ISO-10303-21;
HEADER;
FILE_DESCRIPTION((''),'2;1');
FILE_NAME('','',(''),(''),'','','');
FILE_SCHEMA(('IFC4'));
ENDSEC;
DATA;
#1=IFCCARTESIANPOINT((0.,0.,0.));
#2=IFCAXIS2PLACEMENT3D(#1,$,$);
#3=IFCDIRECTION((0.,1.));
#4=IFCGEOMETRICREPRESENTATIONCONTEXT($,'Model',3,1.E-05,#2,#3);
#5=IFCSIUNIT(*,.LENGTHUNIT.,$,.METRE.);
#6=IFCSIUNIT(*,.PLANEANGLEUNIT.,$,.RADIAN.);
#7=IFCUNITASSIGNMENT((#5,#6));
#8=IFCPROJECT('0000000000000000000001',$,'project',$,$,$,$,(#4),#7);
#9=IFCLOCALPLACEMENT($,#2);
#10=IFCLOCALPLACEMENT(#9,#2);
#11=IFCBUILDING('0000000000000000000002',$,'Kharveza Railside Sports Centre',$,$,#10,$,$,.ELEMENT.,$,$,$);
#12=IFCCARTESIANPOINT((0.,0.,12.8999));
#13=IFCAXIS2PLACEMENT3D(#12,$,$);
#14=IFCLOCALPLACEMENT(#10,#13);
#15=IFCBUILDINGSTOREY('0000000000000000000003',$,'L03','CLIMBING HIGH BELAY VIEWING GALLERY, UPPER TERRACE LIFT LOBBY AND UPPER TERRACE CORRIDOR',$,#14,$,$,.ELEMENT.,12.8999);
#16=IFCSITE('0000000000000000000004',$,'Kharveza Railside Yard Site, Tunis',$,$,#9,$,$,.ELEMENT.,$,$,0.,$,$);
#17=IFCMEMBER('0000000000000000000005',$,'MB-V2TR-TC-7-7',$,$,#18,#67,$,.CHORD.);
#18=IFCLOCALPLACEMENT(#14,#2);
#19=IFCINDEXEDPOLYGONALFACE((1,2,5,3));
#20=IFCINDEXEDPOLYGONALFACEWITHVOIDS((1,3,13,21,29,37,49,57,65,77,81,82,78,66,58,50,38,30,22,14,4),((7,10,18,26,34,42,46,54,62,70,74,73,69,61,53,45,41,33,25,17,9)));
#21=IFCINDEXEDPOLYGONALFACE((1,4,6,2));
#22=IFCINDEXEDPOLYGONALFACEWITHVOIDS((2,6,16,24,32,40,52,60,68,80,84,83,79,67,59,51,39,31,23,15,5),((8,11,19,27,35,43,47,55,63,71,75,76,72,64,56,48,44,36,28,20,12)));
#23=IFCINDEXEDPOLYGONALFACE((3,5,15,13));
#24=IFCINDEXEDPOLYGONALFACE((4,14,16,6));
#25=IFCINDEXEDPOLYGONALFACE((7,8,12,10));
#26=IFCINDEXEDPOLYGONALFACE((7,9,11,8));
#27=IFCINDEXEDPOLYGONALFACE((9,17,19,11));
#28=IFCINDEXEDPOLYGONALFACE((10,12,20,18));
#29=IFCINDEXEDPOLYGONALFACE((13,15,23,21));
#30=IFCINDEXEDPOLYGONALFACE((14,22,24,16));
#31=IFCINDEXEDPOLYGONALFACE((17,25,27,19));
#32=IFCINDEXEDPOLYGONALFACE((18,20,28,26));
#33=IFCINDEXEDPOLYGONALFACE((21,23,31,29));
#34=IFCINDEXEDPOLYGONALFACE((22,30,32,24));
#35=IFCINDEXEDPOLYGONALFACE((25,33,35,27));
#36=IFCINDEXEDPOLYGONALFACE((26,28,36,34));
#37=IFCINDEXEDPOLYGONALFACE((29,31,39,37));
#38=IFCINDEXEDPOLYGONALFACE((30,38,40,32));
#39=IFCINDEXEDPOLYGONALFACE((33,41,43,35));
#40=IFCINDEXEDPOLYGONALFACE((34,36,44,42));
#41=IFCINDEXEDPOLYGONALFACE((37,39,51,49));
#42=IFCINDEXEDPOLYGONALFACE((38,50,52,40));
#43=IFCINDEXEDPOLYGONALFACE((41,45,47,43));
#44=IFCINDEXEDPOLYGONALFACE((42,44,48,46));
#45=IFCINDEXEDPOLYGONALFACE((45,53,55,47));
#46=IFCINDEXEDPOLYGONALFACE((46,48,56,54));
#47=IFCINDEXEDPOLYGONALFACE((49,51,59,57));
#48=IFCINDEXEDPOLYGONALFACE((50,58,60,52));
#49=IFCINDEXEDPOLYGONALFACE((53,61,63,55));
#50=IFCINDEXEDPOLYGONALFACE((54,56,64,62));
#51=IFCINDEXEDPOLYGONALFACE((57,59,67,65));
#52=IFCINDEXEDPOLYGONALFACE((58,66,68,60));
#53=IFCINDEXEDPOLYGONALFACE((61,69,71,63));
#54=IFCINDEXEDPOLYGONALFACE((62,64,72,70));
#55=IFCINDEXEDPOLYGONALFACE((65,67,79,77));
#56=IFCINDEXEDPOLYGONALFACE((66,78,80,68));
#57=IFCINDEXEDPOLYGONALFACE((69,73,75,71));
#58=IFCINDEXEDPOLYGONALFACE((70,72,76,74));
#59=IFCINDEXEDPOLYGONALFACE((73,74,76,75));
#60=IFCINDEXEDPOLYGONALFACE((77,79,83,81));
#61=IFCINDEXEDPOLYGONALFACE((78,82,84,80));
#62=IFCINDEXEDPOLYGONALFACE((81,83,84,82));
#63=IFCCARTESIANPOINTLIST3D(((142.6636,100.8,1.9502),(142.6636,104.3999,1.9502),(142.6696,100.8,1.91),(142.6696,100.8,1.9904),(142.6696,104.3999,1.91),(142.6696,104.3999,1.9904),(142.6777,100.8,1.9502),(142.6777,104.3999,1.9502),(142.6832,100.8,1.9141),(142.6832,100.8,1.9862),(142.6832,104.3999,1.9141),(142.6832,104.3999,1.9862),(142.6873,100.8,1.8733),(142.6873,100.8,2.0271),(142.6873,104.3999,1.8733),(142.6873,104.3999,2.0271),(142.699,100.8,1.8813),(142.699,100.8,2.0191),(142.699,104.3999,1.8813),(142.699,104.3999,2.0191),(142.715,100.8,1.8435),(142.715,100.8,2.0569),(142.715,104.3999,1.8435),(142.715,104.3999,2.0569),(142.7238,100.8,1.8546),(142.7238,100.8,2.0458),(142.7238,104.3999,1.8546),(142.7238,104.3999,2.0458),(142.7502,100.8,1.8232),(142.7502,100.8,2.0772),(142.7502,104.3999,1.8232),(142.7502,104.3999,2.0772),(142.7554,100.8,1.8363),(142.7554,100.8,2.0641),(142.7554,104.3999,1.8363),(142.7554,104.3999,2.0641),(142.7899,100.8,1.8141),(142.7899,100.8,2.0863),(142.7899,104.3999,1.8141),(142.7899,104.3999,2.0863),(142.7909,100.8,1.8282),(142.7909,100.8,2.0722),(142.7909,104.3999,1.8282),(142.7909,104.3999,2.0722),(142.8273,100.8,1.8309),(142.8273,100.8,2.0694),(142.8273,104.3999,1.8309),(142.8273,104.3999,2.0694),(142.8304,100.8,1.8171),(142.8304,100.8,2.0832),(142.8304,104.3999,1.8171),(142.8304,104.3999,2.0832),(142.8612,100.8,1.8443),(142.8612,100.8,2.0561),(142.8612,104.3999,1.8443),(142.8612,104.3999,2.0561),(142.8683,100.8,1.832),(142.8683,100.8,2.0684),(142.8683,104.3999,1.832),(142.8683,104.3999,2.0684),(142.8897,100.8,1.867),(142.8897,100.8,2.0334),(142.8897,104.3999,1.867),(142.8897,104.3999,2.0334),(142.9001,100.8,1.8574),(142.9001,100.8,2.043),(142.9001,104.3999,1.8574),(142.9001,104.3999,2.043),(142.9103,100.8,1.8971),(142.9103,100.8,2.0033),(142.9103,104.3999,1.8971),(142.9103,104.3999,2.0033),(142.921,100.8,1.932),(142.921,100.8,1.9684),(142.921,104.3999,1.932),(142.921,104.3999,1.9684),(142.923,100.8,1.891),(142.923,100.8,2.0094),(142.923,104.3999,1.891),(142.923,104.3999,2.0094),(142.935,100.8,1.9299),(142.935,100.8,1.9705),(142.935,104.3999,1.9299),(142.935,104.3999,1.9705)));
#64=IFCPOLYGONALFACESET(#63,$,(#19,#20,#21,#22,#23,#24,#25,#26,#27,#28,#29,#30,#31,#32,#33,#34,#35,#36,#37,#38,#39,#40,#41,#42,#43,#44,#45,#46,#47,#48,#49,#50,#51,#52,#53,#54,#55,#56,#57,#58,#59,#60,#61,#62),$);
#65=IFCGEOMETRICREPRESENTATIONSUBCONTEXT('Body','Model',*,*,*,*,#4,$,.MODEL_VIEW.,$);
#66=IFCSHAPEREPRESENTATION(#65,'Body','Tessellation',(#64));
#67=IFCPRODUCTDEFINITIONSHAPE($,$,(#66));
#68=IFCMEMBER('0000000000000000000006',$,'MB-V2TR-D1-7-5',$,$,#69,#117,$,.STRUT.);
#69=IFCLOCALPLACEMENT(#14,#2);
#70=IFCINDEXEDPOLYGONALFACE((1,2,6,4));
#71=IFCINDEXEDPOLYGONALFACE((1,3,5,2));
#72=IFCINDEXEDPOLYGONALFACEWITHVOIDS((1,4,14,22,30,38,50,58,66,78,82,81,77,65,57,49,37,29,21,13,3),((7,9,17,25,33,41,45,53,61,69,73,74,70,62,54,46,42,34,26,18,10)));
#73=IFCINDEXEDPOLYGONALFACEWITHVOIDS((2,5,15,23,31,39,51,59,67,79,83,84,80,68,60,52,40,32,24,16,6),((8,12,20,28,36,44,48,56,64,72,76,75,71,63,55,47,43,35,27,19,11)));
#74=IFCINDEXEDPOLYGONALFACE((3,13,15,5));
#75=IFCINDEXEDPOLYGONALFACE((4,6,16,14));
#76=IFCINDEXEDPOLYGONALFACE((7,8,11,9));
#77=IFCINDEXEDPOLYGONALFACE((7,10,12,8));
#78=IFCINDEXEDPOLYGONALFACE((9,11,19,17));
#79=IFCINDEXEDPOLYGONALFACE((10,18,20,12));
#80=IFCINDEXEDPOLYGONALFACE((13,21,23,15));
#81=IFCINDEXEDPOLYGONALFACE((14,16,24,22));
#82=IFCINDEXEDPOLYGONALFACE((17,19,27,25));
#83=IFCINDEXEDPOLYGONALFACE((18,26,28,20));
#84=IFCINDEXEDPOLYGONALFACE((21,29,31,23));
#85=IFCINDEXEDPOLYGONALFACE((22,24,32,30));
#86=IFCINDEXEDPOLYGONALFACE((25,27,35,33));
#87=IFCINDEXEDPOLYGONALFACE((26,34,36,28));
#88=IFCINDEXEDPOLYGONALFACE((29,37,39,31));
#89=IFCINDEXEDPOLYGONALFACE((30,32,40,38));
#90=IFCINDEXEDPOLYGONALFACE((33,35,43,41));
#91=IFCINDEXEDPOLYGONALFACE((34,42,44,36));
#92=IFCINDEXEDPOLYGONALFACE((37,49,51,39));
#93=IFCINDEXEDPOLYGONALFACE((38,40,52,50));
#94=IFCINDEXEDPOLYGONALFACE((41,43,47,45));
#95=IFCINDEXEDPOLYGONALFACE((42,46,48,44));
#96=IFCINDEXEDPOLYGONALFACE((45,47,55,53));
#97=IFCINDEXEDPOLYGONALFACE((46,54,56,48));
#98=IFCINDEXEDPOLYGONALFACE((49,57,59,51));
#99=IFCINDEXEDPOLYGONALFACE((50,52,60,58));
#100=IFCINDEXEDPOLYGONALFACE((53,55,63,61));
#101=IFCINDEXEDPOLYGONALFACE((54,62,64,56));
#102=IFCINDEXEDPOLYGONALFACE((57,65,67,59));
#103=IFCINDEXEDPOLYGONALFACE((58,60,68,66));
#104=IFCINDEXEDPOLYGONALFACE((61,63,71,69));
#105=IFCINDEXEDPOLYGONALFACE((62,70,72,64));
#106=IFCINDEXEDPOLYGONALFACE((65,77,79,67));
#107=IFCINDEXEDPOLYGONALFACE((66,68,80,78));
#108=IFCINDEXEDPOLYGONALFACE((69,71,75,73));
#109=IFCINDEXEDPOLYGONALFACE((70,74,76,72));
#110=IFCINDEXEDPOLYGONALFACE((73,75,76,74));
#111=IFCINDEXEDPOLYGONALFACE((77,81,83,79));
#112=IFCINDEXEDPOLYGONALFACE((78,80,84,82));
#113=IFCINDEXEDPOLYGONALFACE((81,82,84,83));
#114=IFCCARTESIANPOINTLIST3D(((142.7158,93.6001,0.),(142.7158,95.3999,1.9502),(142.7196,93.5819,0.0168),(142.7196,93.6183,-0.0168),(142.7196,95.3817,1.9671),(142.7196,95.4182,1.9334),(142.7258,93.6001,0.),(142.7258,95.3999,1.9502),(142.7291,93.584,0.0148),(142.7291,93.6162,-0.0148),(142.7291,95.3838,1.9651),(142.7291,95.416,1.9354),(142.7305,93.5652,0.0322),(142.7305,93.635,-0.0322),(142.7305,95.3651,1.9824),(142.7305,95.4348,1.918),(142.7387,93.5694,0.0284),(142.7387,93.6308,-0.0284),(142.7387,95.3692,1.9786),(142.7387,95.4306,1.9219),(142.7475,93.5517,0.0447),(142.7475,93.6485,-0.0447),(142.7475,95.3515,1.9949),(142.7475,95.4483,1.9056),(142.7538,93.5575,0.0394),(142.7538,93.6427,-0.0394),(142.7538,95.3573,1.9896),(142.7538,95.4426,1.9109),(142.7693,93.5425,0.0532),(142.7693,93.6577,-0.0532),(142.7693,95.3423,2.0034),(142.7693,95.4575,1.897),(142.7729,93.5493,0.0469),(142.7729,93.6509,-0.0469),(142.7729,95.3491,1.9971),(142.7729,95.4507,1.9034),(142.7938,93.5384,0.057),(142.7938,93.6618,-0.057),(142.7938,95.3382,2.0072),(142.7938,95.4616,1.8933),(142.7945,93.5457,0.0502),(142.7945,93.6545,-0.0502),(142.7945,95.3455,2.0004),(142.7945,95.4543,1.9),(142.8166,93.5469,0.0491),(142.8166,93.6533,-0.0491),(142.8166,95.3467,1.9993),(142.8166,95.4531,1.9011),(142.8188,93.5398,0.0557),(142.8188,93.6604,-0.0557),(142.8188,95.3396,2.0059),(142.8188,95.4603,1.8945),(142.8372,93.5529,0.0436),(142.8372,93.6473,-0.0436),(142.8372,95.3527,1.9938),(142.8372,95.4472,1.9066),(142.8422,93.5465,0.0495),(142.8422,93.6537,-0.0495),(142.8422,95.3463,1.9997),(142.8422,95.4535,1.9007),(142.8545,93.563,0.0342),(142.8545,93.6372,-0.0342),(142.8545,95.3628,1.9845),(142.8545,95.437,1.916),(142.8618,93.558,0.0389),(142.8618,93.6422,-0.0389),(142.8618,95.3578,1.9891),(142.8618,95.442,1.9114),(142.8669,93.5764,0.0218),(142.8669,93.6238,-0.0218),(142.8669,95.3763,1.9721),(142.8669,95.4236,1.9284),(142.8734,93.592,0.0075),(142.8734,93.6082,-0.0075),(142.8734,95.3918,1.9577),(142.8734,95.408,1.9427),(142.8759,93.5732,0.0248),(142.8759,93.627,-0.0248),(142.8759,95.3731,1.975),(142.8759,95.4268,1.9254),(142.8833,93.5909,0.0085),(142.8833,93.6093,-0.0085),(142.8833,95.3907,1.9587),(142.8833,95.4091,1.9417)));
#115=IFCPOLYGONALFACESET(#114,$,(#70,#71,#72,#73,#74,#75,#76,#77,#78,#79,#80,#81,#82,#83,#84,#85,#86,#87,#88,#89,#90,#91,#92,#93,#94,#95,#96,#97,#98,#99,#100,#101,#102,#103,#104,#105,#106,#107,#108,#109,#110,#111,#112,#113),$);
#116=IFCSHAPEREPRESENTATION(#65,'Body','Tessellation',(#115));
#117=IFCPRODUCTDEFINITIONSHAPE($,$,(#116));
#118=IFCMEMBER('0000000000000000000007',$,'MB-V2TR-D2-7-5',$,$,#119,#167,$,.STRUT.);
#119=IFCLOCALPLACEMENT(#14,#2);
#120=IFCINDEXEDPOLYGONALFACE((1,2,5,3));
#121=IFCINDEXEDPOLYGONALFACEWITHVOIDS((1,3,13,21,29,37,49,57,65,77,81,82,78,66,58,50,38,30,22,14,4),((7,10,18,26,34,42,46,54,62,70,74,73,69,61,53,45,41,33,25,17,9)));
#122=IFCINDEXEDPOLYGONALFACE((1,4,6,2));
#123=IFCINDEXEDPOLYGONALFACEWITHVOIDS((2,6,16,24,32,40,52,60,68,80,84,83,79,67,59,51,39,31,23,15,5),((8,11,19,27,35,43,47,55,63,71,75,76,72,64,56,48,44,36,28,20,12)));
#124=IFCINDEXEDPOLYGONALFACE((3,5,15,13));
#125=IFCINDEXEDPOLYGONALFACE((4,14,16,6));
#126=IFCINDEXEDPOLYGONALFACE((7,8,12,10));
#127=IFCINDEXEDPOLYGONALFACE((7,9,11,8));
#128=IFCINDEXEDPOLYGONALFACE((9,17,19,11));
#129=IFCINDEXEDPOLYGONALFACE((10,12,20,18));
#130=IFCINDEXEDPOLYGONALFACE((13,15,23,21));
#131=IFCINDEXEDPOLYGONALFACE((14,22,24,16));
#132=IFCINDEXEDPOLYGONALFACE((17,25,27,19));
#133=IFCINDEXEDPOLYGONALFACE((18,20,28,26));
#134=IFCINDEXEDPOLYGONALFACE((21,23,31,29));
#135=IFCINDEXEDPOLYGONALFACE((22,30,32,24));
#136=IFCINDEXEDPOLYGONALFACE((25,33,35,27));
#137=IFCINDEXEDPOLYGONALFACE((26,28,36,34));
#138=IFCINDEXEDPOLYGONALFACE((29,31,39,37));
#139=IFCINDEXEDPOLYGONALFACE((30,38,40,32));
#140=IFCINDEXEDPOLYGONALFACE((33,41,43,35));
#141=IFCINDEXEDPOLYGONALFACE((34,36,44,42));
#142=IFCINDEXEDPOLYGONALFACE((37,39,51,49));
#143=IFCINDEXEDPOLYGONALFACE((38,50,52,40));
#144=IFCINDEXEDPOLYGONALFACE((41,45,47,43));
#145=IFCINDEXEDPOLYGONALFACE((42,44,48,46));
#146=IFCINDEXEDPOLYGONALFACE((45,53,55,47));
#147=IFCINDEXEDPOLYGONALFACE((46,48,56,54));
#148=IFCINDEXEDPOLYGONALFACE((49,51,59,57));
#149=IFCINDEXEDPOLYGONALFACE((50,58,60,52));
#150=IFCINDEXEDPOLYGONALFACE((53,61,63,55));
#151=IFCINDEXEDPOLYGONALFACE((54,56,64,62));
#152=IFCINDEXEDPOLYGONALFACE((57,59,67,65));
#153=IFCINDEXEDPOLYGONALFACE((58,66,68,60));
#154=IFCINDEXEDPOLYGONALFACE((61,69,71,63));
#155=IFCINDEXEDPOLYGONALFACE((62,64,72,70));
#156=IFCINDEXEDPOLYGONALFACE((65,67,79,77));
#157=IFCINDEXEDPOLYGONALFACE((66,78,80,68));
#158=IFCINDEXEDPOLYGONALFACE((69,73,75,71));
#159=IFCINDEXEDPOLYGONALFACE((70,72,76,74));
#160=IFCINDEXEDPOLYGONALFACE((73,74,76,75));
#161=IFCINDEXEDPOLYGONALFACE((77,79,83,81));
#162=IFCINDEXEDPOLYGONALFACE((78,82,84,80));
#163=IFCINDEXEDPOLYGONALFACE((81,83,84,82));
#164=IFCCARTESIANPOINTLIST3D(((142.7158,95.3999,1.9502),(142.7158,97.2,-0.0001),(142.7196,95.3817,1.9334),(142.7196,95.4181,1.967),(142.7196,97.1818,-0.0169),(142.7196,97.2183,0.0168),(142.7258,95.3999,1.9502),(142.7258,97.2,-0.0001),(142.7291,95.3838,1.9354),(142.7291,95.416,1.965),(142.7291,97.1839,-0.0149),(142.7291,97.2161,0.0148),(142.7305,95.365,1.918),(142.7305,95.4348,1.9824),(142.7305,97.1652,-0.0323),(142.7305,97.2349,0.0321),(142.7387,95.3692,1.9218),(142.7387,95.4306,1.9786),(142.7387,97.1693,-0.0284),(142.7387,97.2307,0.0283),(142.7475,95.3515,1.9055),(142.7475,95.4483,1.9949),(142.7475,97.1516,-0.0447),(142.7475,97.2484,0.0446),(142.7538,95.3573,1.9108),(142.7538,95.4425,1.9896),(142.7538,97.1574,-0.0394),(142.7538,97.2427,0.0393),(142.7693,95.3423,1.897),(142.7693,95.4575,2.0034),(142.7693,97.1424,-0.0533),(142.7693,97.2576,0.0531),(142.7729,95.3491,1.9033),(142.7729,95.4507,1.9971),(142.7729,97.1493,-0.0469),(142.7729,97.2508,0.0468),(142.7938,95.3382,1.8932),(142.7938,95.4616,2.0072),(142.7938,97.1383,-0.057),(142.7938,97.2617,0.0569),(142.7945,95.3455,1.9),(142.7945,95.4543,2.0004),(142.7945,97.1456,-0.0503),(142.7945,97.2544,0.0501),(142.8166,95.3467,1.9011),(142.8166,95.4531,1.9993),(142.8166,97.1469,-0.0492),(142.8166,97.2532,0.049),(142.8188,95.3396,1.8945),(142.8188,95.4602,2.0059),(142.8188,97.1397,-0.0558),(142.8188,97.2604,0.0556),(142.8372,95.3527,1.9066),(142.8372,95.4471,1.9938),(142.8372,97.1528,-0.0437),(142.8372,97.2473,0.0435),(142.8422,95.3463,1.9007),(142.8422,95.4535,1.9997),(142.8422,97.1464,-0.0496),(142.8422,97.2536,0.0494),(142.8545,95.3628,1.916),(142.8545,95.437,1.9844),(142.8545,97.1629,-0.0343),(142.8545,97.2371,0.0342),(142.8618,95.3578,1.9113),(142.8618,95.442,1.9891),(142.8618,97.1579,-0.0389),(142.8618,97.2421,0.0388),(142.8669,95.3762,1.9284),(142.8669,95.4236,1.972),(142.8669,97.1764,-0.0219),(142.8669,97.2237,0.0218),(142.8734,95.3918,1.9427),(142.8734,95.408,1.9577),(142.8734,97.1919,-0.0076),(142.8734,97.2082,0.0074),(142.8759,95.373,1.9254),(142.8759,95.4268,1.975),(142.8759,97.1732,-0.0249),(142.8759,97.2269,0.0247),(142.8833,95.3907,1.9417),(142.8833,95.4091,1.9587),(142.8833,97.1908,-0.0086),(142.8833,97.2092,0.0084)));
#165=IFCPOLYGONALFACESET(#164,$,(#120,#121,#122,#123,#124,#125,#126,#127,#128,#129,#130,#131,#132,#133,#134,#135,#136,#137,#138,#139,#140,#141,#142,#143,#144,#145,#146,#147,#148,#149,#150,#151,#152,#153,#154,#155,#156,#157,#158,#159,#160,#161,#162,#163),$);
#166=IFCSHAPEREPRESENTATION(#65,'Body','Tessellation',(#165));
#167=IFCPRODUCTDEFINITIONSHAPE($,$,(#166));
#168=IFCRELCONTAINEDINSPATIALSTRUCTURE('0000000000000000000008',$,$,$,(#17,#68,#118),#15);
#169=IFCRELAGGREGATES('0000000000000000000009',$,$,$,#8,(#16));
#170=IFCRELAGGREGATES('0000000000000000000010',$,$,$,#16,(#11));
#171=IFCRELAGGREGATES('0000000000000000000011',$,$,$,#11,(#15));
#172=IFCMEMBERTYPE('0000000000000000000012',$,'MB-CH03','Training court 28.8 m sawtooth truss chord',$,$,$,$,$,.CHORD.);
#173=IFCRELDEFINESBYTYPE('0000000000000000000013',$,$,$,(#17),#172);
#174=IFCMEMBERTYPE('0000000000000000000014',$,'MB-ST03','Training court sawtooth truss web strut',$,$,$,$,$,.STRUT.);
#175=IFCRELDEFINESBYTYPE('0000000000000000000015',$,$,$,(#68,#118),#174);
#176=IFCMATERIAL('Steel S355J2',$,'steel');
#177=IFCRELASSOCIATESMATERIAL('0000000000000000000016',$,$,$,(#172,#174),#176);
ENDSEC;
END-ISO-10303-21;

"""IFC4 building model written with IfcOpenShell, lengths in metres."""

from ifc_helpers import new_model, si_unit, direction, frame, origin, origin_2d, place, context, subcontext, project, spatial, hollow_circle, extrude, material, material_profile, profile_set, type_object, element, save


model = new_model("IFC4")

# Units and contexts
model_context = context("Model", 3, precision=1e-05, world=origin(), true_north=direction((0.0, 1.0)))
body_context = subcontext(model_context, "Body", "Model", "MODEL_VIEW")
ifc_project = project(units=[si_unit("LENGTHUNIT", "METRE"), si_unit("PLANEANGLEUNIT", "RADIAN")], contexts=[model_context])

# Site, building, storey
site_placement = place(None, origin())
site = spatial("IfcSite", under=ifc_project, at=site_placement, Name="Kharveza Railside Yard Site, Tunis", CompositionType="ELEMENT", RefElevation=0.0)
building_placement = place(site_placement, origin())
building = spatial("IfcBuilding", under=site, at=building_placement, Name="Kharveza Railside Sports Centre", CompositionType="ELEMENT")
storey_placement = place(building_placement, frame((0.0, 0.0, 12.8999)))
storey = spatial("IfcBuildingStorey", under=building, at=storey_placement, Name="L03", Description="CLIMBING HIGH BELAY VIEWING GALLERY, UPPER TERRACE LIFT LOBBY AND UPPER TERRACE CORRIDOR", CompositionType="ELEMENT", Elevation=12.8999)

# Members
ifc_material_1 = material(Name="Steel S355J2", Category="steel")
ifc_material_profile_1 = material_profile(ifc_material_1, hollow_circle(Radius=0.1365, WallThickness=0.0142, at=origin_2d()), Name="CHS 273.0x14.2")
ifc_profile_set_1 = profile_set([ifc_material_profile_1], Name="Steel S355J2")
member_type_1 = type_object("IfcMemberType", Name="MB-CH03", Description="Training court 28.8 m sawtooth truss chord", PredefinedType="CHORD", material=ifc_profile_set_1)
for number, where, z_axis, x_axis, name in (
    (1, (142.8, 100.8, 1.9502), (0.0, 1.0, 0.0), (-1.0, 0.0, 0.0), "MB-V2TR-TC-7-7"),
):
    element("IfcMember", number, at=place(storey_placement, frame(where, z_axis=z_axis, x_axis=x_axis)), inside=storey, type_object=member_type_1, Name=name, PredefinedType="CHORD", context=body_context, shape_type="SweptSolid", body=[
        extrude(hollow_circle(Radius=0.1365, WallThickness=0.0142, at=origin_2d()), origin(), (0.0, 0.0, 1.0), 3.5999),
    ])
ifc_material_profile_2 = material_profile(ifc_material_1, hollow_circle(Radius=0.0842, WallThickness=0.01, at=origin_2d()), Name="CHS 168.3x10.0")
ifc_profile_set_2 = profile_set([ifc_material_profile_2], Name="Steel S355J2")
member_type_2 = type_object("IfcMemberType", Name="MB-ST03", Description="Training court sawtooth truss web strut", PredefinedType="STRUT", material=ifc_profile_set_2)
member_1_placement = place(storey_placement, frame((142.8, 93.6001, 0.0), z_axis=(0.0, 0.678204, 0.734874), x_axis=(-1.0, 0.0, 0.0)))
element("IfcMember", 2, at=member_1_placement, inside=storey, type_object=member_type_2, Name="MB-V2TR-D1-7-5", PredefinedType="STRUT", context=body_context, shape_type="SweptSolid", body=[
    extrude(hollow_circle(Radius=0.0842, WallThickness=0.01, at=origin_2d()), origin(), (0.0, 0.0, 1.0), 2.6538),
])
for number, where, z_axis, x_axis, name in (
    (3, (142.8, 95.3999, 1.9502), (0.0, 0.678253, -0.734828), (-1.0, 0.0, 0.0), "MB-V2TR-D2-7-5"),
):
    element("IfcMember", number, at=place(storey_placement, frame(where, z_axis=z_axis, x_axis=x_axis)), inside=storey, type_object=member_type_2, Name=name, PredefinedType="STRUT", context=body_context, shape_type="SweptSolid", body=[
        extrude(hollow_circle(Radius=0.0842, WallThickness=0.01, at=origin_2d()), origin(), (0.0, 0.0, 1.0), 2.6541),
    ])

save(model, "model.ifc")
